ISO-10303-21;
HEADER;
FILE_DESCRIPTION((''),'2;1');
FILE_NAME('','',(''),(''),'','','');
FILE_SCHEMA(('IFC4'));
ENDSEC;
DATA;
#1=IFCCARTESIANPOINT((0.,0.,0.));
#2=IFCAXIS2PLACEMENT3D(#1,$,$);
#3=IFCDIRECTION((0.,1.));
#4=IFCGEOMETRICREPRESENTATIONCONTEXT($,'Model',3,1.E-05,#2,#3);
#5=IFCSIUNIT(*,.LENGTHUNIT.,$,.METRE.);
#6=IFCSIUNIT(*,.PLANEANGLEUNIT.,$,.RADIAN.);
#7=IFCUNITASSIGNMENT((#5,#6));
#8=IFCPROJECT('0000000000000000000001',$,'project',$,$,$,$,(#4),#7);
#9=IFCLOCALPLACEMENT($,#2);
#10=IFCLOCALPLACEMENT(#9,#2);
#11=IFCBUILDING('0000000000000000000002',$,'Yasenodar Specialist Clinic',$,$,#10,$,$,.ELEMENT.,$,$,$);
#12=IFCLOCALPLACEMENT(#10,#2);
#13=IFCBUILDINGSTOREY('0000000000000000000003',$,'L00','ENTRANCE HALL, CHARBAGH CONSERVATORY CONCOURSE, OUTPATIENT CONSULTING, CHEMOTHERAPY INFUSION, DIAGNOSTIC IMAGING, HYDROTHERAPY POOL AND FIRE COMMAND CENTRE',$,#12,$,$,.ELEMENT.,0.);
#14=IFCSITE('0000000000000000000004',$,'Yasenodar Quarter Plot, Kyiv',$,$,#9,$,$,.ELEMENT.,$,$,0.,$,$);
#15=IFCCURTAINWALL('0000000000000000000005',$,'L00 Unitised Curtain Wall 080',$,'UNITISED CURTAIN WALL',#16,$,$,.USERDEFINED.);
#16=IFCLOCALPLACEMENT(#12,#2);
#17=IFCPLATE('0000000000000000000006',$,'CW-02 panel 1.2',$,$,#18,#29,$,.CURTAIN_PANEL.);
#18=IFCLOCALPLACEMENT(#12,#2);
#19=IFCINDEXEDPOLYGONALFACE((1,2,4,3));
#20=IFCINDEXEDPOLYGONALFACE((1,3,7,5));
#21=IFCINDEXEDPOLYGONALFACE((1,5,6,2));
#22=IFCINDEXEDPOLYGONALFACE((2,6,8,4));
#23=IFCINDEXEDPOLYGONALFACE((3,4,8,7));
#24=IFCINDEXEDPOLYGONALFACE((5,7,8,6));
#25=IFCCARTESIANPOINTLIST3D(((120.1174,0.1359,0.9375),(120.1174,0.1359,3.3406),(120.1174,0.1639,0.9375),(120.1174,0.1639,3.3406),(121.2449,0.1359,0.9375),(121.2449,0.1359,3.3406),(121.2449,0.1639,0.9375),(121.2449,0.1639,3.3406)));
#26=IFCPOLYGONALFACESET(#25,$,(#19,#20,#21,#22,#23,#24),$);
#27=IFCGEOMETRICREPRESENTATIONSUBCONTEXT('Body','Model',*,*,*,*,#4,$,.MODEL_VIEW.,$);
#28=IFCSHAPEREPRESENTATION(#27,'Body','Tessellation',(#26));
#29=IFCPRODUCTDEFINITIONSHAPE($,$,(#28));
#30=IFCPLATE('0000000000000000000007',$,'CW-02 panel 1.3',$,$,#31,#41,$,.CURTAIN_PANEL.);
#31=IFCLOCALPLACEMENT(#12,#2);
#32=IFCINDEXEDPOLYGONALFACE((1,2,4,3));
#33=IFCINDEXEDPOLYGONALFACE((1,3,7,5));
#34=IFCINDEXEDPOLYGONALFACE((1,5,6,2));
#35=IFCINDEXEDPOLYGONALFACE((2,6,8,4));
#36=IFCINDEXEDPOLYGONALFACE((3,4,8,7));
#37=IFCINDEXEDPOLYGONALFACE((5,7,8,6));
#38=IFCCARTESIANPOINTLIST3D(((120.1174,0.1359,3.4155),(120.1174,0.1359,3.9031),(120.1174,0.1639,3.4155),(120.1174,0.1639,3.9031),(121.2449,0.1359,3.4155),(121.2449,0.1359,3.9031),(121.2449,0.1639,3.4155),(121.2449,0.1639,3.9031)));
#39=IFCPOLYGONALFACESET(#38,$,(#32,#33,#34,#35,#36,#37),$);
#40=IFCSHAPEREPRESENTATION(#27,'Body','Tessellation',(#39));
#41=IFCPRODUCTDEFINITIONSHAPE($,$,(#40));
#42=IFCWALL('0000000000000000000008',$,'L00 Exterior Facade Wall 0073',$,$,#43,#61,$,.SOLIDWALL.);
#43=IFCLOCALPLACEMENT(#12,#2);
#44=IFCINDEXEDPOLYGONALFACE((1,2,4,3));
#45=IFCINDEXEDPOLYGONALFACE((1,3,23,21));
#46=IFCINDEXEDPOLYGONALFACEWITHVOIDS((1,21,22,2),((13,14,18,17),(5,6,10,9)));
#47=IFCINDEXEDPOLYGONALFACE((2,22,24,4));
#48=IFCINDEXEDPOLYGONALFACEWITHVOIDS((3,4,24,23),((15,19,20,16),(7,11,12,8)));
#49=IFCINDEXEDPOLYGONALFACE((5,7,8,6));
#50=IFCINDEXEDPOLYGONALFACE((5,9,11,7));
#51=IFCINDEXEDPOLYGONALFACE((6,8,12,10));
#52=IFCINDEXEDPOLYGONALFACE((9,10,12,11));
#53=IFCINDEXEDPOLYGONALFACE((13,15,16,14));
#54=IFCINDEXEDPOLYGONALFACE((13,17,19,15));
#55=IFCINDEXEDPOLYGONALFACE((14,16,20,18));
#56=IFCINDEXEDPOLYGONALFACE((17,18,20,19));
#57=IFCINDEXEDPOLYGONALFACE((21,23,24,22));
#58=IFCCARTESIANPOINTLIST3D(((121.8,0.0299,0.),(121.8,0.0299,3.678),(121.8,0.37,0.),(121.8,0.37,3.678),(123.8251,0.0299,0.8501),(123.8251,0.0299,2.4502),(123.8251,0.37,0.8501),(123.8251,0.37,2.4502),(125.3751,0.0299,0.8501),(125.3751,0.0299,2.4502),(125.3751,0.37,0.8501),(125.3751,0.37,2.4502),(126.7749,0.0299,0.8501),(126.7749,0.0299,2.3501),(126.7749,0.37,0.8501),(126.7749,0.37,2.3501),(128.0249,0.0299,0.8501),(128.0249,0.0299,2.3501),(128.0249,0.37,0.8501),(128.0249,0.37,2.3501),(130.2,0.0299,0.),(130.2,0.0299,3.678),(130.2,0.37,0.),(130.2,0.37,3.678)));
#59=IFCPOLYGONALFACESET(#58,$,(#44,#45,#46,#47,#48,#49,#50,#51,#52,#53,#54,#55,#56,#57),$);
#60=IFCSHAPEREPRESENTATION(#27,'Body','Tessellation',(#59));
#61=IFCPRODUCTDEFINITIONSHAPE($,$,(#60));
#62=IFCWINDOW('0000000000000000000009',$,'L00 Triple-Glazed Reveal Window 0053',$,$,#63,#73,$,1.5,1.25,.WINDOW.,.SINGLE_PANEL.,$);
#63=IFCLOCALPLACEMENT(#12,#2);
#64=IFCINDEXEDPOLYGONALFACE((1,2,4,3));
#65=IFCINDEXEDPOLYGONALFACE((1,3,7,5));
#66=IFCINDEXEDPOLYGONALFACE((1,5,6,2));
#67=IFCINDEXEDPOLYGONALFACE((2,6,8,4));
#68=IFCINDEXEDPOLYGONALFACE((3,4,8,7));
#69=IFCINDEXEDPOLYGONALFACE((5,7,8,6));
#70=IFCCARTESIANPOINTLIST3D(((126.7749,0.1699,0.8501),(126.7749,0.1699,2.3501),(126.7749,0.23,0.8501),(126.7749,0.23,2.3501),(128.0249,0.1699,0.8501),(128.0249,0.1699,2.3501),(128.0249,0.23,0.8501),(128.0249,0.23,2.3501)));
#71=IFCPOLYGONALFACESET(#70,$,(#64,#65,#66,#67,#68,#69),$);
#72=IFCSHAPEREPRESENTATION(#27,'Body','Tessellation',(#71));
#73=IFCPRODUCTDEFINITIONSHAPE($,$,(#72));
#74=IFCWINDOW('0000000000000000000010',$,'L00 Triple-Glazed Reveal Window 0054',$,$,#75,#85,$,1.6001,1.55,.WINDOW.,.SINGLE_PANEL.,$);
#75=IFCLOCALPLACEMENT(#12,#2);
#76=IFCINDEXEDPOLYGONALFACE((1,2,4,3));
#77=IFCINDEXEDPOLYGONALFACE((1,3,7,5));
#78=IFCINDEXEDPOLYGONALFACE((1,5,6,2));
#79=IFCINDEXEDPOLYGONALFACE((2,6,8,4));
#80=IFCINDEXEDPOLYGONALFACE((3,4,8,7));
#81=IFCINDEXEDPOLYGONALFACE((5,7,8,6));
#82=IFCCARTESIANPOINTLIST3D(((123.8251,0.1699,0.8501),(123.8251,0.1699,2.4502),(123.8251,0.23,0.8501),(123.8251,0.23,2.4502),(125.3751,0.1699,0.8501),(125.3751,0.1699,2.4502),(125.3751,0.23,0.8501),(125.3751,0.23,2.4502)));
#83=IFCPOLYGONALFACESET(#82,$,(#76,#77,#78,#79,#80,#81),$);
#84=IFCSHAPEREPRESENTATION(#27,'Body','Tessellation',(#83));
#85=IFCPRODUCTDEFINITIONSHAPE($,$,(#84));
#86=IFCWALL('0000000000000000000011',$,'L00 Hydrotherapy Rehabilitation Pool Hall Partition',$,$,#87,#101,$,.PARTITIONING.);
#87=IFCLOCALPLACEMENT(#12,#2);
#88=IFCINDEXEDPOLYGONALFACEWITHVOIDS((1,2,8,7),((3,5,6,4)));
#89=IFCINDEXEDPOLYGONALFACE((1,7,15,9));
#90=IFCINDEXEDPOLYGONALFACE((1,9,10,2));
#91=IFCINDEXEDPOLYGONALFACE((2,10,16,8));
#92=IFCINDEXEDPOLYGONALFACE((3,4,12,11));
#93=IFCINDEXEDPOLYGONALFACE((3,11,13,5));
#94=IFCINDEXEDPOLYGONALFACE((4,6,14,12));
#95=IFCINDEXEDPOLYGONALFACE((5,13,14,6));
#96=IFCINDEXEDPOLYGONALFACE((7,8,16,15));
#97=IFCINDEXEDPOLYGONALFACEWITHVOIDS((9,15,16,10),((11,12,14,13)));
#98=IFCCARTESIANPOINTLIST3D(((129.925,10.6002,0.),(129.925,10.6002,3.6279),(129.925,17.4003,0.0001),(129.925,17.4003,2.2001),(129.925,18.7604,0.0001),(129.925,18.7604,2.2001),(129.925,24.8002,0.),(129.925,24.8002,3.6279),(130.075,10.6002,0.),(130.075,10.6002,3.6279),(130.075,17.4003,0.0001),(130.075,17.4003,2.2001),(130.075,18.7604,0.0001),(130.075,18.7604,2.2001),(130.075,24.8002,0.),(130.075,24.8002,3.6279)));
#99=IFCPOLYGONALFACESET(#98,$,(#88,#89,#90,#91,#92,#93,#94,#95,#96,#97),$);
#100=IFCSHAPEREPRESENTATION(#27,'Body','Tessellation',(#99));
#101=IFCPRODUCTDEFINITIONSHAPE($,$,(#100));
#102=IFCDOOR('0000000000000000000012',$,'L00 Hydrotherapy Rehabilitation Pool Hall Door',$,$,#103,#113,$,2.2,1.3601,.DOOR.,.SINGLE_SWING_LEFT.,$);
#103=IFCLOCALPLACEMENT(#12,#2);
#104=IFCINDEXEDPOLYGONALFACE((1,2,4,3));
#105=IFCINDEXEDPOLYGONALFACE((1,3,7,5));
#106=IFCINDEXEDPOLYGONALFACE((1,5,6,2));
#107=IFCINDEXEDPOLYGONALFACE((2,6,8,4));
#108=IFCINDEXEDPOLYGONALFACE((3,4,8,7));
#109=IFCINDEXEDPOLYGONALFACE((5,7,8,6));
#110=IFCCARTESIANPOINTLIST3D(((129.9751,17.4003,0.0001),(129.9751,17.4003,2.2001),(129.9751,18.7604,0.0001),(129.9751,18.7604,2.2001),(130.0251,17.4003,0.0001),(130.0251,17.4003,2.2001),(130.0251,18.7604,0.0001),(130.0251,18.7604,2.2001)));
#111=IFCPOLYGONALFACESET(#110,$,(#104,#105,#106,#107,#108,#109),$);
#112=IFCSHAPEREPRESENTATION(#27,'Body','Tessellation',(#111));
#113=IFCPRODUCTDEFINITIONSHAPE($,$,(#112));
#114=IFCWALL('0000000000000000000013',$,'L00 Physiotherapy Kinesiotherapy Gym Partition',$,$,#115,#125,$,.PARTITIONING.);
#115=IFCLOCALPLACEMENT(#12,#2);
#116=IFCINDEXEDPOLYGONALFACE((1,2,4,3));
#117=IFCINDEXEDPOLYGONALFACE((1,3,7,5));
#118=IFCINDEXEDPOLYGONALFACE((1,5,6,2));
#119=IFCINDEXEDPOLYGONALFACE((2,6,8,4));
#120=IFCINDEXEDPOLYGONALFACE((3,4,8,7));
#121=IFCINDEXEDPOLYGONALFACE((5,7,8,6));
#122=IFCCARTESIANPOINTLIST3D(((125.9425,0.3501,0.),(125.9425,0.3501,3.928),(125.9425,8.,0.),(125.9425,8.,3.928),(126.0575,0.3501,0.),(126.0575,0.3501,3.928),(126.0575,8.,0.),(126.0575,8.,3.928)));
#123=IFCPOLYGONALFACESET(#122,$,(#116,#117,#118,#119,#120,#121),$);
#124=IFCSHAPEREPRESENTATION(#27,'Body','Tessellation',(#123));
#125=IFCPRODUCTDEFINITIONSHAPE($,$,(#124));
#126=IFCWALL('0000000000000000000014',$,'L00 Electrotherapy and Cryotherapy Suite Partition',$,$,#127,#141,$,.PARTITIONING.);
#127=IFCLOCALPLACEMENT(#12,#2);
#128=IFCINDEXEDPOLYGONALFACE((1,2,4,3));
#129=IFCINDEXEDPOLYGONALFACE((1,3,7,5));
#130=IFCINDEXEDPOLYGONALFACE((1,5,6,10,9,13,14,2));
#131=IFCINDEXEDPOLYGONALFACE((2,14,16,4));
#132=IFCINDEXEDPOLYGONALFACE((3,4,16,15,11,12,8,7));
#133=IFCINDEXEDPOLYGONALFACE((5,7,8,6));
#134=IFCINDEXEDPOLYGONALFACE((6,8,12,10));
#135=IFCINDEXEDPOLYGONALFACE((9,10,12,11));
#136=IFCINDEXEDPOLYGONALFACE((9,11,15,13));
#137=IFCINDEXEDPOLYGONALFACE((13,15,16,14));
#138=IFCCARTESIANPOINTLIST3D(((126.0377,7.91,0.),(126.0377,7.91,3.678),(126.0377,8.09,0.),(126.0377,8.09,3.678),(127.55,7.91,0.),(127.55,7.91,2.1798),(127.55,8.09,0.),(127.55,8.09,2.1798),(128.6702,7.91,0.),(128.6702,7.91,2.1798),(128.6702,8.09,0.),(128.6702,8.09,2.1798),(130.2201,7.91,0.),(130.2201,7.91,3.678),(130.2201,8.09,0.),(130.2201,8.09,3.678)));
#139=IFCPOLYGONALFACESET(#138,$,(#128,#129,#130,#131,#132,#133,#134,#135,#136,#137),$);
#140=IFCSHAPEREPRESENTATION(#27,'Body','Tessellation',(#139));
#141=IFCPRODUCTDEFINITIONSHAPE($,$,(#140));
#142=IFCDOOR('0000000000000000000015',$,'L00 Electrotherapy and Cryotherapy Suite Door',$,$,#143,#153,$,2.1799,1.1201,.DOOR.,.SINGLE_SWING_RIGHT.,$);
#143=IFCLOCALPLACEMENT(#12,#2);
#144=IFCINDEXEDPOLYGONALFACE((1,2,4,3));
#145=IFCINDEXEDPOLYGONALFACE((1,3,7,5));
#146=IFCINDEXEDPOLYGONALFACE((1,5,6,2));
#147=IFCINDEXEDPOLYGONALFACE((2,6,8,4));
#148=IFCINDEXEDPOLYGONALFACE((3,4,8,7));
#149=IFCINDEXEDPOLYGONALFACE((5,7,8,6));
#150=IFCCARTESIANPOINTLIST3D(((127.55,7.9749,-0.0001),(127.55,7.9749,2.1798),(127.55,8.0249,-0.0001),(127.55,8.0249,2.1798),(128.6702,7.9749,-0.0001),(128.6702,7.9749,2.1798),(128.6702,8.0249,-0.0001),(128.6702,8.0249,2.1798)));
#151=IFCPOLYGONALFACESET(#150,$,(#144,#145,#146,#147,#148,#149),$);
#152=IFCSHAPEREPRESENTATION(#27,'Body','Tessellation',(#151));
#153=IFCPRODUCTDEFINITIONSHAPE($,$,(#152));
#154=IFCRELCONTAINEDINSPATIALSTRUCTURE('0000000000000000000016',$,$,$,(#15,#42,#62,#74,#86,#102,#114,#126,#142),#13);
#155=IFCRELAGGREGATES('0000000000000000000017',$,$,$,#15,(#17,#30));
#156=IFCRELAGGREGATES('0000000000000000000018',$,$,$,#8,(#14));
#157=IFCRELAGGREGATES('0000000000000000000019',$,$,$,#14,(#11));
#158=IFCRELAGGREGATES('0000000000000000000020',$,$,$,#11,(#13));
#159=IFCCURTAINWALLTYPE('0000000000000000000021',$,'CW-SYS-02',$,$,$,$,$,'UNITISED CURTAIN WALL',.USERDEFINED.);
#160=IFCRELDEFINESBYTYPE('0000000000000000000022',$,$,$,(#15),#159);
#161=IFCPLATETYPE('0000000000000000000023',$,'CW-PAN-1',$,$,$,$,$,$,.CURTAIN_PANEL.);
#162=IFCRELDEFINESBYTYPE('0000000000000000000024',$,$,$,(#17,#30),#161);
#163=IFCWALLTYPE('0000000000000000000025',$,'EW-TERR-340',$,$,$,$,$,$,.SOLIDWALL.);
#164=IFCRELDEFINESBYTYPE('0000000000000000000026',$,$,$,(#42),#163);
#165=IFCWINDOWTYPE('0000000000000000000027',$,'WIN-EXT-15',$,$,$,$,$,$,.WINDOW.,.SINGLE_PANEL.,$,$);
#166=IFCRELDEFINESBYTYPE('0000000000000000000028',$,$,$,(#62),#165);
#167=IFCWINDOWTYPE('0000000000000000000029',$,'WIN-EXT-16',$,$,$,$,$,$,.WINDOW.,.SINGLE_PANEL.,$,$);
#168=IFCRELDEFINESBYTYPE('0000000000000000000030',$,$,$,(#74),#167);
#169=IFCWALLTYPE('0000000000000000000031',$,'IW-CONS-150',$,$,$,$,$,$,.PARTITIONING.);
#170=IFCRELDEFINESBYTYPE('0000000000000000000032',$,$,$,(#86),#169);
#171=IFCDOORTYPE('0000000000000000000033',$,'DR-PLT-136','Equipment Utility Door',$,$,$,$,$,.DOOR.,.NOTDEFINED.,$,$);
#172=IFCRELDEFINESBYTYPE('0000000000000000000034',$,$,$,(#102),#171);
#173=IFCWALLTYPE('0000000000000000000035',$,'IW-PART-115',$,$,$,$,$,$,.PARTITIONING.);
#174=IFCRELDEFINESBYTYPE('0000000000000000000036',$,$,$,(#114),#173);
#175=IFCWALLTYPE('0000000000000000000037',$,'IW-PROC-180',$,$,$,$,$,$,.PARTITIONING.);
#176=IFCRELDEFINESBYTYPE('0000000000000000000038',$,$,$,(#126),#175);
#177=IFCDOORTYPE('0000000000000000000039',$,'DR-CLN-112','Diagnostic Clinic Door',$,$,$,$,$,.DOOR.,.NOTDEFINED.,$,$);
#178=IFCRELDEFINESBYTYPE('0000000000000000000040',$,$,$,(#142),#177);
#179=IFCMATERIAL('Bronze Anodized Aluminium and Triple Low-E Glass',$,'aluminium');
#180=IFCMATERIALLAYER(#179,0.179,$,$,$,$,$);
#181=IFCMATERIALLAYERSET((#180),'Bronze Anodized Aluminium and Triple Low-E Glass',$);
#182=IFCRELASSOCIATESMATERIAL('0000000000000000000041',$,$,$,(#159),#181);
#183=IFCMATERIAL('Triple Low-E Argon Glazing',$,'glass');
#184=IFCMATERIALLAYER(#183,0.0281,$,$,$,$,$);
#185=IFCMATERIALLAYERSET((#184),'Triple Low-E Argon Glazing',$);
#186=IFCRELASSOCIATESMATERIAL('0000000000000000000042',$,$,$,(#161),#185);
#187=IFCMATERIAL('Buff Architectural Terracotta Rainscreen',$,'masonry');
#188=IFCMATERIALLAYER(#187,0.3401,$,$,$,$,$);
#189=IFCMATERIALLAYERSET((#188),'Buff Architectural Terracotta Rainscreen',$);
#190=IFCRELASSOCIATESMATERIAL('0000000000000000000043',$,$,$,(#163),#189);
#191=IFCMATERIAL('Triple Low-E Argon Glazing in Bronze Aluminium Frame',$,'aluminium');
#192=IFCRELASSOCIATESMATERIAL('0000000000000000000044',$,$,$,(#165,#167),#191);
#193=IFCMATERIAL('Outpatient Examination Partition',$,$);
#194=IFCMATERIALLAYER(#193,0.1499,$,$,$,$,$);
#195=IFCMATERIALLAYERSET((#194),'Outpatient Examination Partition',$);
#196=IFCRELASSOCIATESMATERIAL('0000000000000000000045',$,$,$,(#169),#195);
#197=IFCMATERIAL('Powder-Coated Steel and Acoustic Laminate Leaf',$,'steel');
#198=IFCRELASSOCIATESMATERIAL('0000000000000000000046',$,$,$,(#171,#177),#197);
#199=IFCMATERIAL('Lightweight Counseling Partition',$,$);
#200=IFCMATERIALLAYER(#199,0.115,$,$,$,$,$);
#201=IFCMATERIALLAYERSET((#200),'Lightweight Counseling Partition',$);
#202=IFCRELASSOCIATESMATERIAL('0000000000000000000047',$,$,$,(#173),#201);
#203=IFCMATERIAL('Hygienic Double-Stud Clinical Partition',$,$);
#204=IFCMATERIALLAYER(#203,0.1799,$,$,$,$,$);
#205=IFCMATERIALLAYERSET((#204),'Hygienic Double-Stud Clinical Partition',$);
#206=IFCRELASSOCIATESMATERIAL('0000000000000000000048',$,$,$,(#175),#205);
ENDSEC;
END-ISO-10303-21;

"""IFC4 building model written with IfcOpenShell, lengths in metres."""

from ifc_helpers import new_model, si_unit, direction, frame, frame_2d, origin, origin_2d, place, context, subcontext, project, spatial, rectangle, extrude, material, layer, layer_set, type_object, element, fill, aggregate, save


model = new_model("IFC4")

# Units and contexts
model_context = context("Model", 3, precision=1e-05, world=origin(), true_north=direction((0.0, 1.0)))
body_context = subcontext(model_context, "Body", "Model", "MODEL_VIEW")
ifc_project = project(units=[si_unit("LENGTHUNIT", "METRE"), si_unit("PLANEANGLEUNIT", "RADIAN")], contexts=[model_context])

# Site, building, storey
site_placement = place(None, origin())
site = spatial("IfcSite", under=ifc_project, at=site_placement, Name="Yasenodar Quarter Plot, Kyiv", CompositionType="ELEMENT", RefElevation=0.0)
building_placement = place(site_placement, origin())
building = spatial("IfcBuilding", under=site, at=building_placement, Name="Yasenodar Specialist Clinic", CompositionType="ELEMENT")
storey_placement = place(building_placement, origin())
storey = spatial("IfcBuildingStorey", under=building, at=storey_placement, Name="L00", Description="ENTRANCE HALL, CHARBAGH CONSERVATORY CONCOURSE, OUTPATIENT CONSULTING, CHEMOTHERAPY INFUSION, DIAGNOSTIC IMAGING, HYDROTHERAPY POOL AND FIRE COMMAND CENTRE", CompositionType="ELEMENT", Elevation=0.0)

# Curtain wall
ifc_material_1 = material(Name="Bronze Anodized Aluminium and Triple Low-E Glass", Category="aluminium")
ifc_layer_1 = layer(ifc_material_1, 0.179)
ifc_layer_set_1 = layer_set([ifc_layer_1], Name="Bronze Anodized Aluminium and Triple Low-E Glass")
curtain_wall_type = type_object("IfcCurtainWallType", Name="CW-SYS-02", ElementType="UNITISED CURTAIN WALL", PredefinedType="USERDEFINED", material=ifc_layer_set_1)
curtain_wall_placement = place(storey_placement, origin())
curtain_wall = element("IfcCurtainWall", 1, at=curtain_wall_placement, inside=storey, type_object=curtain_wall_type, Name="L00 Unitised Curtain Wall 080", ObjectType="UNITISED CURTAIN WALL", PredefinedType="USERDEFINED")

# Plates
ifc_material_2 = material(Name="Triple Low-E Argon Glazing", Category="glass")
ifc_layer_2 = layer(ifc_material_2, 0.0281)
ifc_layer_set_2 = layer_set([ifc_layer_2], Name="Triple Low-E Argon Glazing")
plate_type = type_object("IfcPlateType", Name="CW-PAN-1", PredefinedType="CURTAIN_PANEL", material=ifc_layer_set_2)
plate_1_placement = place(storey_placement, frame((120.6812, 0.1499, 0.9375), z_axis=(0.0, 0.0, 1.0), x_axis=(-1.0, 0.0, 0.0)))
plate_1 = element("IfcPlate", 2, at=plate_1_placement, type_object=plate_type, Name="CW-02 panel 1.2", PredefinedType="CURTAIN_PANEL", context=body_context, shape_type="SweptSolid", body=[
    extrude(rectangle(XDim=1.1274, YDim=0.0281, at=origin_2d()), origin(), (0.0, 0.0, 1.0), 2.4031),
])
plate_2_placement = place(storey_placement, frame((120.6812, 0.1499, 3.4155), z_axis=(0.0, 0.0, 1.0), x_axis=(-1.0, 0.0, 0.0)))
plate_2 = element("IfcPlate", 3, at=plate_2_placement, type_object=plate_type, Name="CW-02 panel 1.3", PredefinedType="CURTAIN_PANEL", context=body_context, shape_type="SweptSolid", body=[
    extrude(rectangle(XDim=1.1274, YDim=0.0281, at=origin_2d()), origin(), (0.0, 0.0, 1.0), 0.4875),
])
aggregate(curtain_wall, [plate_1, plate_2])

# Wall, openings, windows
ifc_material_3 = material(Name="Buff Architectural Terracotta Rainscreen", Category="masonry")
ifc_layer_3 = layer(ifc_material_3, 0.3401)
ifc_layer_set_3 = layer_set([ifc_layer_3], Name="Buff Architectural Terracotta Rainscreen")
wall_type_1 = type_object("IfcWallType", Name="EW-TERR-340", PredefinedType="SOLIDWALL", material=ifc_layer_set_3)
wall_1_placement = place(storey_placement, frame((130.2, 0.2, 0.0), z_axis=(0.0, 0.0, 1.0), x_axis=(-1.0, 0.0, 0.0)))
wall_1 = element("IfcWall", 4, at=wall_1_placement, inside=storey, type_object=wall_type_1, Name="L00 Exterior Facade Wall 0073", PredefinedType="SOLIDWALL", context=body_context, shape_type="SweptSolid", body=[
    extrude(rectangle(XDim=8.3999, YDim=0.3401, at=frame_2d((4.2, 0.0))), origin(), (0.0, 0.0, 1.0), 3.678),
])
opening_1_placement = place(wall_1_placement, frame((2.175, 0.0, 0.8501)))
opening_1 = element("IfcOpeningElement", 5, at=opening_1_placement, cuts=wall_1, PredefinedType="OPENING", context=body_context, shape_type="SweptSolid", body=[
    extrude(rectangle(XDim=1.25, YDim=1.5, at=frame_2d((0.625, 0.75))), frame((0.0, 0.1802, 0.0), z_axis=(0.0, -1.0, 0.0), x_axis=(1.0, 0.0, 0.0)), (0.0, 0.0, 1.0), 0.3601),
])
opening_2_placement = place(wall_1_placement, frame((4.825, 0.0, 0.8501)))
opening_2 = element("IfcOpeningElement", 6, at=opening_2_placement, cuts=wall_1, PredefinedType="OPENING", context=body_context, shape_type="SweptSolid", body=[
    extrude(rectangle(XDim=1.55, YDim=1.6001, at=frame_2d((0.7749, 0.8))), frame((0.0, 0.1802, 0.0), z_axis=(0.0, -1.0, 0.0), x_axis=(1.0, 0.0, 0.0)), (0.0, 0.0, 1.0), 0.3601),
])
ifc_material_4 = material(Name="Triple Low-E Argon Glazing in Bronze Aluminium Frame", Category="aluminium")
window_type_1 = type_object("IfcWindowType", Name="WIN-EXT-15", PartitioningType="SINGLE_PANEL", PredefinedType="WINDOW", material=ifc_material_4)
window_1_placement = place(opening_1_placement, origin())
window_1 = element("IfcWindow", 7, at=window_1_placement, inside=storey, type_object=window_type_1, Name="L00 Triple-Glazed Reveal Window 0053", OverallHeight=1.5, OverallWidth=1.25, PartitioningType="SINGLE_PANEL", PredefinedType="WINDOW", context=body_context, shape_type="SweptSolid", body=[
    extrude(rectangle(XDim=1.25, YDim=1.5, at=frame_2d((0.625, 0.75))), frame((0.0, 0.03, 0.0), z_axis=(0.0, -1.0, 0.0), x_axis=(1.0, 0.0, 0.0)), (0.0, 0.0, 1.0), 0.0601),
])
fill(opening_1, window_1)
window_type_2 = type_object("IfcWindowType", Name="WIN-EXT-16", PartitioningType="SINGLE_PANEL", PredefinedType="WINDOW", material=ifc_material_4)
window_2_placement = place(opening_2_placement, origin())
window_2 = element("IfcWindow", 8, at=window_2_placement, inside=storey, type_object=window_type_2, Name="L00 Triple-Glazed Reveal Window 0054", OverallHeight=1.6001, OverallWidth=1.55, PartitioningType="SINGLE_PANEL", PredefinedType="WINDOW", context=body_context, shape_type="SweptSolid", body=[
    extrude(rectangle(XDim=1.55, YDim=1.6001, at=frame_2d((0.7749, 0.8))), frame((0.0, 0.03, 0.0), z_axis=(0.0, -1.0, 0.0), x_axis=(1.0, 0.0, 0.0)), (0.0, 0.0, 1.0), 0.0601),
])
fill(opening_2, window_2)

# Wall, opening, door
ifc_material_5 = material(Name="Outpatient Examination Partition")
ifc_layer_4 = layer(ifc_material_5, 0.1499)
ifc_layer_set_4 = layer_set([ifc_layer_4], Name="Outpatient Examination Partition")
wall_type_2 = type_object("IfcWallType", Name="IW-CONS-150", PredefinedType="PARTITIONING", material=ifc_layer_set_4)
wall_2_placement = place(storey_placement, frame((130.0, 10.6001, 0.0), z_axis=(0.0, 0.0, 1.0), x_axis=(0.0, 1.0, 0.0)))
wall_2 = element("IfcWall", 9, at=wall_2_placement, inside=storey, type_object=wall_type_2, Name="L00 Hydrotherapy Rehabilitation Pool Hall Partition", PredefinedType="PARTITIONING", context=body_context, shape_type="SweptSolid", body=[
    extrude(rectangle(XDim=14.2, YDim=0.1499, at=frame_2d((7.1001, 0.0))), origin(), (0.0, 0.0, 1.0), 3.6279),
])
opening_3_placement = place(wall_2_placement, frame((6.8, 0.0, 0.0)))
opening_3 = element("IfcOpeningElement", 10, at=opening_3_placement, cuts=wall_2, PredefinedType="OPENING", context=body_context, shape_type="SweptSolid", body=[
    extrude(rectangle(XDim=1.3601, YDim=2.2, at=frame_2d((0.6802, 1.1001))), frame((0.0, 0.085, 0.0), z_axis=(0.0, -1.0, 0.0), x_axis=(1.0, 0.0, 0.0)), (0.0, 0.0, 1.0), 0.1699),
])
ifc_material_6 = material(Name="Powder-Coated Steel and Acoustic Laminate Leaf", Category="steel")
door_type_1 = type_object("IfcDoorType", Name="DR-PLT-136", Description="Equipment Utility Door", OperationType="NOTDEFINED", PredefinedType="DOOR", material=ifc_material_6)
door_1_placement = place(opening_3_placement, origin())
door_1 = element("IfcDoor", 11, at=door_1_placement, inside=storey, type_object=door_type_1, Name="L00 Hydrotherapy Rehabilitation Pool Hall Door", OperationType="SINGLE_SWING_LEFT", OverallHeight=2.2, OverallWidth=1.3601, PredefinedType="DOOR", context=body_context, shape_type="SweptSolid", body=[
    extrude(rectangle(XDim=1.3601, YDim=2.2, at=frame_2d((0.6802, 1.1001))), frame((0.0, 0.0249, 0.0), z_axis=(0.0, -1.0, 0.0), x_axis=(1.0, 0.0, 0.0)), (0.0, 0.0, 1.0), 0.05),
])
fill(opening_3, door_1)

# Wall
ifc_material_7 = material(Name="Lightweight Counseling Partition")
ifc_layer_5 = layer(ifc_material_7, 0.115)
ifc_layer_set_5 = layer_set([ifc_layer_5], Name="Lightweight Counseling Partition")
wall_type_3 = type_object("IfcWallType", Name="IW-PART-115", PredefinedType="PARTITIONING", material=ifc_layer_set_5)
wall_3_placement = place(storey_placement, frame((126.0, 8.0, 0.0), z_axis=(0.0, 0.0, 1.0), x_axis=(0.0, -1.0, 0.0)))
element("IfcWall", 12, at=wall_3_placement, inside=storey, type_object=wall_type_3, Name="L00 Physiotherapy Kinesiotherapy Gym Partition", PredefinedType="PARTITIONING", context=body_context, shape_type="SweptSolid", body=[
    extrude(rectangle(XDim=7.6499, YDim=0.115, at=frame_2d((3.825, 0.0))), origin(), (0.0, 0.0, 1.0), 3.928),
])

# Wall, opening, door
ifc_material_8 = material(Name="Hygienic Double-Stud Clinical Partition")
ifc_layer_6 = layer(ifc_material_8, 0.1799)
ifc_layer_set_6 = layer_set([ifc_layer_6], Name="Hygienic Double-Stud Clinical Partition")
wall_type_4 = type_object("IfcWallType", Name="IW-PROC-180", PredefinedType="PARTITIONING", material=ifc_layer_set_6)
wall_4_placement = place(storey_placement, frame((126.0376, 8.0, 0.0), z_axis=(0.0, 0.0, 1.0), x_axis=(1.0, 0.0, 0.0)))
wall_4 = element("IfcWall", 13, at=wall_4_placement, inside=storey, type_object=wall_type_4, Name="L00 Electrotherapy and Cryotherapy Suite Partition", PredefinedType="PARTITIONING", context=body_context, shape_type="SweptSolid", body=[
    extrude(rectangle(XDim=4.1824, YDim=0.1799, at=frame_2d((2.0913, 0.0))), origin(), (0.0, 0.0, 1.0), 3.678),
])
opening_4_placement = place(wall_4_placement, frame((1.5125, 0.0, 0.0)))
opening_4 = element("IfcOpeningElement", 14, at=opening_4_placement, cuts=wall_4, PredefinedType="OPENING", context=body_context, shape_type="SweptSolid", body=[
    extrude(rectangle(XDim=1.1201, YDim=2.1799, at=frame_2d((0.5601, 1.0898))), frame((0.0, 0.1001, 0.0), z_axis=(0.0, -1.0, 0.0), x_axis=(1.0, 0.0, 0.0)), (0.0, 0.0, 1.0), 0.2),
])
door_type_2 = type_object("IfcDoorType", Name="DR-CLN-112", Description="Diagnostic Clinic Door", OperationType="NOTDEFINED", PredefinedType="DOOR", material=ifc_material_6)
door_2_placement = place(opening_4_placement, origin())
door_2 = element("IfcDoor", 15, at=door_2_placement, inside=storey, type_object=door_type_2, Name="L00 Electrotherapy and Cryotherapy Suite Door", OperationType="SINGLE_SWING_RIGHT", OverallHeight=2.1799, OverallWidth=1.1201, PredefinedType="DOOR", context=body_context, shape_type="SweptSolid", body=[
    extrude(rectangle(XDim=1.1201, YDim=2.1799, at=frame_2d((0.5601, 1.0898))), frame((0.0, 0.0249, 0.0), z_axis=(0.0, -1.0, 0.0), x_axis=(1.0, 0.0, 0.0)), (0.0, 0.0, 1.0), 0.05),
])
fill(opening_4, door_2)

save(model, "model.ifc")
